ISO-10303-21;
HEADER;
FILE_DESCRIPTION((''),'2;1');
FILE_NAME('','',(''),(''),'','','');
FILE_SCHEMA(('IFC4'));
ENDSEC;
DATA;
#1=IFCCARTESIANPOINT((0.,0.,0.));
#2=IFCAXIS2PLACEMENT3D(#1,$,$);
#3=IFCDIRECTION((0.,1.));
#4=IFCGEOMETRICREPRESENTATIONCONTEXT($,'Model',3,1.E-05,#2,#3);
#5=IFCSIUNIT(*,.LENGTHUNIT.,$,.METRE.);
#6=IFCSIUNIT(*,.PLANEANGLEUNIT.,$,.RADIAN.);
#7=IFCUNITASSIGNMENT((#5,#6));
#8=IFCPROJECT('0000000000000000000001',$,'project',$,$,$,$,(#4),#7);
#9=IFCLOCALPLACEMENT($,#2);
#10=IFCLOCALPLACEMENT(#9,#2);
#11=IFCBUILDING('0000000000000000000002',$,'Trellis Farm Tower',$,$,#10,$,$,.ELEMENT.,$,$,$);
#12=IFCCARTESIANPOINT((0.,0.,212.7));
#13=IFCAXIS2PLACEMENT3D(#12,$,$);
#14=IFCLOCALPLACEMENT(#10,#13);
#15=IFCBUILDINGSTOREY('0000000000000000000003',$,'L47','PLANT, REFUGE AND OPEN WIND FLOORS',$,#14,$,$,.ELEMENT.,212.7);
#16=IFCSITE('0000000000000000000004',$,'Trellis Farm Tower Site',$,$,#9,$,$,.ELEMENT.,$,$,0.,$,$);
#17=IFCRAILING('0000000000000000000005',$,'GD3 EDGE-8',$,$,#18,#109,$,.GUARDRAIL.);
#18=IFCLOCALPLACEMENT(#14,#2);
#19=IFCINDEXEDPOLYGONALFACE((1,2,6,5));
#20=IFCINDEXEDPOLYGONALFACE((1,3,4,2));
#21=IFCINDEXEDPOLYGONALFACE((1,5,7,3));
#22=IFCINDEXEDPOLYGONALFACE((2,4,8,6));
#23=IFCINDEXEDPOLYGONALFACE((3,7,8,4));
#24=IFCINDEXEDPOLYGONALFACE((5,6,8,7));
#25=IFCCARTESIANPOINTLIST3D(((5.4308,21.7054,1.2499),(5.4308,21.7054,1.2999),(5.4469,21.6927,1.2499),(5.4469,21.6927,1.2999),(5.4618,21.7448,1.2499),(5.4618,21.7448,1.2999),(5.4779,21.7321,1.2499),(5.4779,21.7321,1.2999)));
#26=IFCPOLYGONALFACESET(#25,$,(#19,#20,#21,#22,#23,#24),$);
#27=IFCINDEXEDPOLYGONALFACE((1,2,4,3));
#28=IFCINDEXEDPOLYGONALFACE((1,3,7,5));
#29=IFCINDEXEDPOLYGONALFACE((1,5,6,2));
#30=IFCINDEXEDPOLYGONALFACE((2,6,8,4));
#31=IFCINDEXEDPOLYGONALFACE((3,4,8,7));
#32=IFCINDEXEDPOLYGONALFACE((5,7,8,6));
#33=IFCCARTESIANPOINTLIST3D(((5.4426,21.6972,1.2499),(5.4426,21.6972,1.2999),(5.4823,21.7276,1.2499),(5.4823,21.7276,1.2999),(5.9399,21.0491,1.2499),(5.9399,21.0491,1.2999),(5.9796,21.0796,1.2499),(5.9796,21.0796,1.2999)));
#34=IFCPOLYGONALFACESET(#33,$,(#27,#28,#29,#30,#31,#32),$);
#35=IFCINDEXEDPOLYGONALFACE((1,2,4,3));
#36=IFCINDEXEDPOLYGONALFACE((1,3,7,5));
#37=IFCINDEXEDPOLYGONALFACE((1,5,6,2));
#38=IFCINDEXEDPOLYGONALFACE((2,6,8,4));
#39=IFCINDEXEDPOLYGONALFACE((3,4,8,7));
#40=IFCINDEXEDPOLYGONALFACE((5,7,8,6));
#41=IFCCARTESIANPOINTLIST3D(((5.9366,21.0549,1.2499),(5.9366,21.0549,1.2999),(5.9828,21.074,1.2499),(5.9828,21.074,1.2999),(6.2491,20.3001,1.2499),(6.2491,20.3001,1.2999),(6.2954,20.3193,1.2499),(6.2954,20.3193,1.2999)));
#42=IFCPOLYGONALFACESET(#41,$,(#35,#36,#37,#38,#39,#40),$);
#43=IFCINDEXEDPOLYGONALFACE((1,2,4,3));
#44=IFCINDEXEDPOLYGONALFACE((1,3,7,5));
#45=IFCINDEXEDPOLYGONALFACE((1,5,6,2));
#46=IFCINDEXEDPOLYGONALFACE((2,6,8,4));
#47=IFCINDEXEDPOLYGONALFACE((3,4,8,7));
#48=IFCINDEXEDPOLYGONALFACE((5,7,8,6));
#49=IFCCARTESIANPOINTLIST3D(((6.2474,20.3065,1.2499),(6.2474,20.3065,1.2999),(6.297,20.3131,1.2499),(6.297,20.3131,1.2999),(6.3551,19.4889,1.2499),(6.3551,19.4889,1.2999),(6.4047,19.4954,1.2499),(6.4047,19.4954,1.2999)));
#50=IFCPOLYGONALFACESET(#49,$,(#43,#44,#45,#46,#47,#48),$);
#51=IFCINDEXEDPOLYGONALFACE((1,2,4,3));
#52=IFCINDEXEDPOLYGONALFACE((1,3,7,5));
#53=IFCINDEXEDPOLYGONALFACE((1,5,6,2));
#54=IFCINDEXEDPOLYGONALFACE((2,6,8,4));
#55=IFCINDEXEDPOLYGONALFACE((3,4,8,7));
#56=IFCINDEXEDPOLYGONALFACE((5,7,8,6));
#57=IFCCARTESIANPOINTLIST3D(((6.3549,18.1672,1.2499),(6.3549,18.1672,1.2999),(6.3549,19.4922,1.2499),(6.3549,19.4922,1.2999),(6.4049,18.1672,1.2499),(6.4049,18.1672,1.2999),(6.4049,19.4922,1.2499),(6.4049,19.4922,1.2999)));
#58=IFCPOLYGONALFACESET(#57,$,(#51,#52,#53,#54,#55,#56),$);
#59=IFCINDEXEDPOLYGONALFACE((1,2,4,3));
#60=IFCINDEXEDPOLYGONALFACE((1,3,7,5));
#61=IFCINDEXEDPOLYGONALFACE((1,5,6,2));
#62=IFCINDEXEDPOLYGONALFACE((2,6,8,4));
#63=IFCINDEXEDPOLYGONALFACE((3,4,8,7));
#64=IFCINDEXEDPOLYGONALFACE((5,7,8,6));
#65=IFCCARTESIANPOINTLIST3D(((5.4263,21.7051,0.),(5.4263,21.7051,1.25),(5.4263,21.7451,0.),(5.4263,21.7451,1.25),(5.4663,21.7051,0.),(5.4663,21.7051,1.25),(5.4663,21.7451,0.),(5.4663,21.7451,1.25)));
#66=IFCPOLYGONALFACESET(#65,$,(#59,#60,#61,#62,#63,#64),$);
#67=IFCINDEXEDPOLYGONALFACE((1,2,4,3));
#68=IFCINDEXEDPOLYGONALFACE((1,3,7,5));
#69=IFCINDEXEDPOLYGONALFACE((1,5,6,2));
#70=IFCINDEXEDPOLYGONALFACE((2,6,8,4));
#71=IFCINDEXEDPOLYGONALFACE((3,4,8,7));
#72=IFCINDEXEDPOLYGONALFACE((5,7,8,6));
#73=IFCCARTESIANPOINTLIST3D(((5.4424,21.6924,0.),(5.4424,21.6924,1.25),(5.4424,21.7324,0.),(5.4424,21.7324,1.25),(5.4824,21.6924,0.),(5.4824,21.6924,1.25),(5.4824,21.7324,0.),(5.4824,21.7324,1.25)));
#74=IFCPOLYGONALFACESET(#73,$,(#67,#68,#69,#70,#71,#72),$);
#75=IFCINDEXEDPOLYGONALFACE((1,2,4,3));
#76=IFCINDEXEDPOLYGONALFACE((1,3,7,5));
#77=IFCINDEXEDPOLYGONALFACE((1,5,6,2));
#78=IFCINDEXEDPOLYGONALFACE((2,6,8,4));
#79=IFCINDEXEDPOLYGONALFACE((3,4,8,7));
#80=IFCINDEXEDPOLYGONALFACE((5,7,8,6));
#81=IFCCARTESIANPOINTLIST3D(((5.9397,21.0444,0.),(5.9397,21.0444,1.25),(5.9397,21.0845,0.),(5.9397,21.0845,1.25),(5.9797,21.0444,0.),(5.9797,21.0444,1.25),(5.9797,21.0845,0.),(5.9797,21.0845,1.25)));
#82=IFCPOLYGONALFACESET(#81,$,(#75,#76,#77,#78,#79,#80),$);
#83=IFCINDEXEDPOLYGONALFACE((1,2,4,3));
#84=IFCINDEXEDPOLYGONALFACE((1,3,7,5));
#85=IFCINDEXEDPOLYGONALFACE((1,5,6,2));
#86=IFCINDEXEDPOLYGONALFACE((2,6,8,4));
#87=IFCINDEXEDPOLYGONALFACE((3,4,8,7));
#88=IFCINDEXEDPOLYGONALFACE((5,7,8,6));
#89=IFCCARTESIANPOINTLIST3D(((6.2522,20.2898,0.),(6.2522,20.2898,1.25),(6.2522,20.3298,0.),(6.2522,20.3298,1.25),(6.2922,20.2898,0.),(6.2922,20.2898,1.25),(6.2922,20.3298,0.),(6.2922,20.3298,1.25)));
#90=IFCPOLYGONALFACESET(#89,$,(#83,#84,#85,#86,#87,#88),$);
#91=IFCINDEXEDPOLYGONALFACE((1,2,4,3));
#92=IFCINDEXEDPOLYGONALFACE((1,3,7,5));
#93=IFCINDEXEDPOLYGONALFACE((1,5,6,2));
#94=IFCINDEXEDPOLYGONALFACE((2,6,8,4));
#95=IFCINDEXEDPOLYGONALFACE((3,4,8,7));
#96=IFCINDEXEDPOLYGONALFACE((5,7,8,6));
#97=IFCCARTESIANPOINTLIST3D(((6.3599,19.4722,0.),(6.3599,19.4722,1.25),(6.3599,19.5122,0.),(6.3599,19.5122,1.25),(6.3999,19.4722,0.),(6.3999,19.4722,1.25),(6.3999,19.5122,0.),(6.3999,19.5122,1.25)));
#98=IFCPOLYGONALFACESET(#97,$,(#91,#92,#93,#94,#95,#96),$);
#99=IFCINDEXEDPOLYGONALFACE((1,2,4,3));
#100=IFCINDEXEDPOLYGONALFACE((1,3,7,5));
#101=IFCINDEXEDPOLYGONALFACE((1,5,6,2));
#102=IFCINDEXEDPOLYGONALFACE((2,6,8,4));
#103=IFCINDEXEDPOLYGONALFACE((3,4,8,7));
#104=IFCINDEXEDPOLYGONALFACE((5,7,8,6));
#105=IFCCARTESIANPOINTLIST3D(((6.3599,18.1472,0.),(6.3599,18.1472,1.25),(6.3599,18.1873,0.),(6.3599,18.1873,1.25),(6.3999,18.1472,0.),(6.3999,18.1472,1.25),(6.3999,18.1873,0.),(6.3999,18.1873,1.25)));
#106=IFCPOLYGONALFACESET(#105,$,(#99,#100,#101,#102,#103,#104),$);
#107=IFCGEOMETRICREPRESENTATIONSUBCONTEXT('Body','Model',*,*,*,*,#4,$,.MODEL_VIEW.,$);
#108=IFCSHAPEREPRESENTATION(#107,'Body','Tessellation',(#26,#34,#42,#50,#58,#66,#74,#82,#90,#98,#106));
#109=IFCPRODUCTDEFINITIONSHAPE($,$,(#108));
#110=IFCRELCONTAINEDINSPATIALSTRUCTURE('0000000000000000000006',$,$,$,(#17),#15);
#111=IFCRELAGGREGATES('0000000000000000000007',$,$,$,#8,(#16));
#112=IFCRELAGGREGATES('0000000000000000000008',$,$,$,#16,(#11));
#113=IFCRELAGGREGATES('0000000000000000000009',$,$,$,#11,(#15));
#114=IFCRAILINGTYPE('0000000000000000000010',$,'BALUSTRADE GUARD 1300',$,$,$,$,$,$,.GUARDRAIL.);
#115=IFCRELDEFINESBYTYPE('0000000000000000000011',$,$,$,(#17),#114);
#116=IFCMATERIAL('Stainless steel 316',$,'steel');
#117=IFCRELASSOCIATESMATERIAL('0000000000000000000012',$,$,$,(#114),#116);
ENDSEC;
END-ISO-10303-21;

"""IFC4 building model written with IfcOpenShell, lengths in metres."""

from ifc_helpers import new_model, si_unit, direction, frame, origin, origin_2d, place, context, subcontext, project, spatial, rectangle, extrude, material, type_object, element, save


model = new_model("IFC4")

# Units and contexts
model_context = context("Model", 3, precision=1e-05, world=origin(), true_north=direction((0.0, 1.0)))
body_context = subcontext(model_context, "Body", "Model", "MODEL_VIEW")
ifc_project = project(units=[si_unit("LENGTHUNIT", "METRE"), si_unit("PLANEANGLEUNIT", "RADIAN")], contexts=[model_context])

# Site, building, storey
site_placement = place(None, origin())
site = spatial("IfcSite", under=ifc_project, at=site_placement, Name="Trellis Farm Tower Site", CompositionType="ELEMENT", RefElevation=0.0)
building_placement = place(site_placement, origin())
building = spatial("IfcBuilding", under=site, at=building_placement, Name="Trellis Farm Tower", CompositionType="ELEMENT")
storey_placement = place(building_placement, frame((0.0, 0.0, 212.7)))
storey = spatial("IfcBuildingStorey", under=building, at=storey_placement, Name="L47", Description="PLANT, REFUGE AND OPEN WIND FLOORS", CompositionType="ELEMENT", Elevation=212.7)

# Railing
ifc_material_1 = material(Name="Stainless steel 316", Category="steel")
railing_type_1 = type_object("IfcRailingType", Name="BALUSTRADE GUARD 1300", PredefinedType="GUARDRAIL", material=ifc_material_1)
railing_1_placement = place(storey_placement, frame((5.4463, 21.7251, 0.0)))
element("IfcRailing", 1, at=railing_1_placement, inside=storey, type_object=railing_type_1, Name="GD3 EDGE-8", PredefinedType="GUARDRAIL", context=body_context, shape_type="SweptSolid", body=[
    extrude(rectangle(XDim=0.05, YDim=0.05, at=origin_2d()), frame((0.0, 0.0, 1.2749), z_axis=(0.785492, -0.618872, 0.0), x_axis=(0.618872, 0.785492, 0.0)), (0.0, 0.0, 1.0), 0.0205),
    extrude(rectangle(XDim=0.05, YDim=0.05, at=origin_2d()), frame((0.0161, -0.0127, 1.2749), z_axis=(0.608858, -0.793279, 0.0), x_axis=(0.793279, 0.608858, 0.0)), (0.0, 0.0, 1.0), 0.8169),
    extrude(rectangle(XDim=0.05, YDim=0.05, at=origin_2d()), frame((0.5134, -0.6606, 1.2749), z_axis=(0.382598, -0.923915, 0.0), x_axis=(0.923915, 0.382598, 0.0)), (0.0, 0.0, 1.0), 0.8169),
    extrude(rectangle(XDim=0.05, YDim=0.05, at=origin_2d()), frame((0.8259, -1.4153, 1.2749), z_axis=(0.130554, -0.991441, 0.0), x_axis=(0.991441, 0.130554, 0.0)), (0.0, 0.0, 1.0), 0.8247),
    extrude(rectangle(XDim=0.05, YDim=0.05, at=origin_2d()), frame((0.9336, -2.2329, 1.2749), z_axis=(0.0, -1.0, 0.0), x_axis=(1.0, 0.0, 0.0)), (0.0, 0.0, 1.0), 1.325),
    extrude(rectangle(XDim=0.04, YDim=0.04, at=origin_2d()), origin(), (0.0, 0.0, 1.0), 1.25),
    extrude(rectangle(XDim=0.04, YDim=0.04, at=origin_2d()), frame((0.0161, -0.0127, 0.0)), (0.0, 0.0, 1.0), 1.25),
    extrude(rectangle(XDim=0.04, YDim=0.04, at=origin_2d()), frame((0.5134, -0.6606, 0.0)), (0.0, 0.0, 1.0), 1.25),
    extrude(rectangle(XDim=0.04, YDim=0.04, at=origin_2d()), frame((0.8259, -1.4153, 0.0)), (0.0, 0.0, 1.0), 1.25),
    extrude(rectangle(XDim=0.04, YDim=0.04, at=origin_2d()), frame((0.9336, -2.2329, 0.0)), (0.0, 0.0, 1.0), 1.25),
    extrude(rectangle(XDim=0.04, YDim=0.04, at=origin_2d()), frame((0.9336, -3.5579, 0.0)), (0.0, 0.0, 1.0), 1.25),
])

save(model, "model.ifc")
